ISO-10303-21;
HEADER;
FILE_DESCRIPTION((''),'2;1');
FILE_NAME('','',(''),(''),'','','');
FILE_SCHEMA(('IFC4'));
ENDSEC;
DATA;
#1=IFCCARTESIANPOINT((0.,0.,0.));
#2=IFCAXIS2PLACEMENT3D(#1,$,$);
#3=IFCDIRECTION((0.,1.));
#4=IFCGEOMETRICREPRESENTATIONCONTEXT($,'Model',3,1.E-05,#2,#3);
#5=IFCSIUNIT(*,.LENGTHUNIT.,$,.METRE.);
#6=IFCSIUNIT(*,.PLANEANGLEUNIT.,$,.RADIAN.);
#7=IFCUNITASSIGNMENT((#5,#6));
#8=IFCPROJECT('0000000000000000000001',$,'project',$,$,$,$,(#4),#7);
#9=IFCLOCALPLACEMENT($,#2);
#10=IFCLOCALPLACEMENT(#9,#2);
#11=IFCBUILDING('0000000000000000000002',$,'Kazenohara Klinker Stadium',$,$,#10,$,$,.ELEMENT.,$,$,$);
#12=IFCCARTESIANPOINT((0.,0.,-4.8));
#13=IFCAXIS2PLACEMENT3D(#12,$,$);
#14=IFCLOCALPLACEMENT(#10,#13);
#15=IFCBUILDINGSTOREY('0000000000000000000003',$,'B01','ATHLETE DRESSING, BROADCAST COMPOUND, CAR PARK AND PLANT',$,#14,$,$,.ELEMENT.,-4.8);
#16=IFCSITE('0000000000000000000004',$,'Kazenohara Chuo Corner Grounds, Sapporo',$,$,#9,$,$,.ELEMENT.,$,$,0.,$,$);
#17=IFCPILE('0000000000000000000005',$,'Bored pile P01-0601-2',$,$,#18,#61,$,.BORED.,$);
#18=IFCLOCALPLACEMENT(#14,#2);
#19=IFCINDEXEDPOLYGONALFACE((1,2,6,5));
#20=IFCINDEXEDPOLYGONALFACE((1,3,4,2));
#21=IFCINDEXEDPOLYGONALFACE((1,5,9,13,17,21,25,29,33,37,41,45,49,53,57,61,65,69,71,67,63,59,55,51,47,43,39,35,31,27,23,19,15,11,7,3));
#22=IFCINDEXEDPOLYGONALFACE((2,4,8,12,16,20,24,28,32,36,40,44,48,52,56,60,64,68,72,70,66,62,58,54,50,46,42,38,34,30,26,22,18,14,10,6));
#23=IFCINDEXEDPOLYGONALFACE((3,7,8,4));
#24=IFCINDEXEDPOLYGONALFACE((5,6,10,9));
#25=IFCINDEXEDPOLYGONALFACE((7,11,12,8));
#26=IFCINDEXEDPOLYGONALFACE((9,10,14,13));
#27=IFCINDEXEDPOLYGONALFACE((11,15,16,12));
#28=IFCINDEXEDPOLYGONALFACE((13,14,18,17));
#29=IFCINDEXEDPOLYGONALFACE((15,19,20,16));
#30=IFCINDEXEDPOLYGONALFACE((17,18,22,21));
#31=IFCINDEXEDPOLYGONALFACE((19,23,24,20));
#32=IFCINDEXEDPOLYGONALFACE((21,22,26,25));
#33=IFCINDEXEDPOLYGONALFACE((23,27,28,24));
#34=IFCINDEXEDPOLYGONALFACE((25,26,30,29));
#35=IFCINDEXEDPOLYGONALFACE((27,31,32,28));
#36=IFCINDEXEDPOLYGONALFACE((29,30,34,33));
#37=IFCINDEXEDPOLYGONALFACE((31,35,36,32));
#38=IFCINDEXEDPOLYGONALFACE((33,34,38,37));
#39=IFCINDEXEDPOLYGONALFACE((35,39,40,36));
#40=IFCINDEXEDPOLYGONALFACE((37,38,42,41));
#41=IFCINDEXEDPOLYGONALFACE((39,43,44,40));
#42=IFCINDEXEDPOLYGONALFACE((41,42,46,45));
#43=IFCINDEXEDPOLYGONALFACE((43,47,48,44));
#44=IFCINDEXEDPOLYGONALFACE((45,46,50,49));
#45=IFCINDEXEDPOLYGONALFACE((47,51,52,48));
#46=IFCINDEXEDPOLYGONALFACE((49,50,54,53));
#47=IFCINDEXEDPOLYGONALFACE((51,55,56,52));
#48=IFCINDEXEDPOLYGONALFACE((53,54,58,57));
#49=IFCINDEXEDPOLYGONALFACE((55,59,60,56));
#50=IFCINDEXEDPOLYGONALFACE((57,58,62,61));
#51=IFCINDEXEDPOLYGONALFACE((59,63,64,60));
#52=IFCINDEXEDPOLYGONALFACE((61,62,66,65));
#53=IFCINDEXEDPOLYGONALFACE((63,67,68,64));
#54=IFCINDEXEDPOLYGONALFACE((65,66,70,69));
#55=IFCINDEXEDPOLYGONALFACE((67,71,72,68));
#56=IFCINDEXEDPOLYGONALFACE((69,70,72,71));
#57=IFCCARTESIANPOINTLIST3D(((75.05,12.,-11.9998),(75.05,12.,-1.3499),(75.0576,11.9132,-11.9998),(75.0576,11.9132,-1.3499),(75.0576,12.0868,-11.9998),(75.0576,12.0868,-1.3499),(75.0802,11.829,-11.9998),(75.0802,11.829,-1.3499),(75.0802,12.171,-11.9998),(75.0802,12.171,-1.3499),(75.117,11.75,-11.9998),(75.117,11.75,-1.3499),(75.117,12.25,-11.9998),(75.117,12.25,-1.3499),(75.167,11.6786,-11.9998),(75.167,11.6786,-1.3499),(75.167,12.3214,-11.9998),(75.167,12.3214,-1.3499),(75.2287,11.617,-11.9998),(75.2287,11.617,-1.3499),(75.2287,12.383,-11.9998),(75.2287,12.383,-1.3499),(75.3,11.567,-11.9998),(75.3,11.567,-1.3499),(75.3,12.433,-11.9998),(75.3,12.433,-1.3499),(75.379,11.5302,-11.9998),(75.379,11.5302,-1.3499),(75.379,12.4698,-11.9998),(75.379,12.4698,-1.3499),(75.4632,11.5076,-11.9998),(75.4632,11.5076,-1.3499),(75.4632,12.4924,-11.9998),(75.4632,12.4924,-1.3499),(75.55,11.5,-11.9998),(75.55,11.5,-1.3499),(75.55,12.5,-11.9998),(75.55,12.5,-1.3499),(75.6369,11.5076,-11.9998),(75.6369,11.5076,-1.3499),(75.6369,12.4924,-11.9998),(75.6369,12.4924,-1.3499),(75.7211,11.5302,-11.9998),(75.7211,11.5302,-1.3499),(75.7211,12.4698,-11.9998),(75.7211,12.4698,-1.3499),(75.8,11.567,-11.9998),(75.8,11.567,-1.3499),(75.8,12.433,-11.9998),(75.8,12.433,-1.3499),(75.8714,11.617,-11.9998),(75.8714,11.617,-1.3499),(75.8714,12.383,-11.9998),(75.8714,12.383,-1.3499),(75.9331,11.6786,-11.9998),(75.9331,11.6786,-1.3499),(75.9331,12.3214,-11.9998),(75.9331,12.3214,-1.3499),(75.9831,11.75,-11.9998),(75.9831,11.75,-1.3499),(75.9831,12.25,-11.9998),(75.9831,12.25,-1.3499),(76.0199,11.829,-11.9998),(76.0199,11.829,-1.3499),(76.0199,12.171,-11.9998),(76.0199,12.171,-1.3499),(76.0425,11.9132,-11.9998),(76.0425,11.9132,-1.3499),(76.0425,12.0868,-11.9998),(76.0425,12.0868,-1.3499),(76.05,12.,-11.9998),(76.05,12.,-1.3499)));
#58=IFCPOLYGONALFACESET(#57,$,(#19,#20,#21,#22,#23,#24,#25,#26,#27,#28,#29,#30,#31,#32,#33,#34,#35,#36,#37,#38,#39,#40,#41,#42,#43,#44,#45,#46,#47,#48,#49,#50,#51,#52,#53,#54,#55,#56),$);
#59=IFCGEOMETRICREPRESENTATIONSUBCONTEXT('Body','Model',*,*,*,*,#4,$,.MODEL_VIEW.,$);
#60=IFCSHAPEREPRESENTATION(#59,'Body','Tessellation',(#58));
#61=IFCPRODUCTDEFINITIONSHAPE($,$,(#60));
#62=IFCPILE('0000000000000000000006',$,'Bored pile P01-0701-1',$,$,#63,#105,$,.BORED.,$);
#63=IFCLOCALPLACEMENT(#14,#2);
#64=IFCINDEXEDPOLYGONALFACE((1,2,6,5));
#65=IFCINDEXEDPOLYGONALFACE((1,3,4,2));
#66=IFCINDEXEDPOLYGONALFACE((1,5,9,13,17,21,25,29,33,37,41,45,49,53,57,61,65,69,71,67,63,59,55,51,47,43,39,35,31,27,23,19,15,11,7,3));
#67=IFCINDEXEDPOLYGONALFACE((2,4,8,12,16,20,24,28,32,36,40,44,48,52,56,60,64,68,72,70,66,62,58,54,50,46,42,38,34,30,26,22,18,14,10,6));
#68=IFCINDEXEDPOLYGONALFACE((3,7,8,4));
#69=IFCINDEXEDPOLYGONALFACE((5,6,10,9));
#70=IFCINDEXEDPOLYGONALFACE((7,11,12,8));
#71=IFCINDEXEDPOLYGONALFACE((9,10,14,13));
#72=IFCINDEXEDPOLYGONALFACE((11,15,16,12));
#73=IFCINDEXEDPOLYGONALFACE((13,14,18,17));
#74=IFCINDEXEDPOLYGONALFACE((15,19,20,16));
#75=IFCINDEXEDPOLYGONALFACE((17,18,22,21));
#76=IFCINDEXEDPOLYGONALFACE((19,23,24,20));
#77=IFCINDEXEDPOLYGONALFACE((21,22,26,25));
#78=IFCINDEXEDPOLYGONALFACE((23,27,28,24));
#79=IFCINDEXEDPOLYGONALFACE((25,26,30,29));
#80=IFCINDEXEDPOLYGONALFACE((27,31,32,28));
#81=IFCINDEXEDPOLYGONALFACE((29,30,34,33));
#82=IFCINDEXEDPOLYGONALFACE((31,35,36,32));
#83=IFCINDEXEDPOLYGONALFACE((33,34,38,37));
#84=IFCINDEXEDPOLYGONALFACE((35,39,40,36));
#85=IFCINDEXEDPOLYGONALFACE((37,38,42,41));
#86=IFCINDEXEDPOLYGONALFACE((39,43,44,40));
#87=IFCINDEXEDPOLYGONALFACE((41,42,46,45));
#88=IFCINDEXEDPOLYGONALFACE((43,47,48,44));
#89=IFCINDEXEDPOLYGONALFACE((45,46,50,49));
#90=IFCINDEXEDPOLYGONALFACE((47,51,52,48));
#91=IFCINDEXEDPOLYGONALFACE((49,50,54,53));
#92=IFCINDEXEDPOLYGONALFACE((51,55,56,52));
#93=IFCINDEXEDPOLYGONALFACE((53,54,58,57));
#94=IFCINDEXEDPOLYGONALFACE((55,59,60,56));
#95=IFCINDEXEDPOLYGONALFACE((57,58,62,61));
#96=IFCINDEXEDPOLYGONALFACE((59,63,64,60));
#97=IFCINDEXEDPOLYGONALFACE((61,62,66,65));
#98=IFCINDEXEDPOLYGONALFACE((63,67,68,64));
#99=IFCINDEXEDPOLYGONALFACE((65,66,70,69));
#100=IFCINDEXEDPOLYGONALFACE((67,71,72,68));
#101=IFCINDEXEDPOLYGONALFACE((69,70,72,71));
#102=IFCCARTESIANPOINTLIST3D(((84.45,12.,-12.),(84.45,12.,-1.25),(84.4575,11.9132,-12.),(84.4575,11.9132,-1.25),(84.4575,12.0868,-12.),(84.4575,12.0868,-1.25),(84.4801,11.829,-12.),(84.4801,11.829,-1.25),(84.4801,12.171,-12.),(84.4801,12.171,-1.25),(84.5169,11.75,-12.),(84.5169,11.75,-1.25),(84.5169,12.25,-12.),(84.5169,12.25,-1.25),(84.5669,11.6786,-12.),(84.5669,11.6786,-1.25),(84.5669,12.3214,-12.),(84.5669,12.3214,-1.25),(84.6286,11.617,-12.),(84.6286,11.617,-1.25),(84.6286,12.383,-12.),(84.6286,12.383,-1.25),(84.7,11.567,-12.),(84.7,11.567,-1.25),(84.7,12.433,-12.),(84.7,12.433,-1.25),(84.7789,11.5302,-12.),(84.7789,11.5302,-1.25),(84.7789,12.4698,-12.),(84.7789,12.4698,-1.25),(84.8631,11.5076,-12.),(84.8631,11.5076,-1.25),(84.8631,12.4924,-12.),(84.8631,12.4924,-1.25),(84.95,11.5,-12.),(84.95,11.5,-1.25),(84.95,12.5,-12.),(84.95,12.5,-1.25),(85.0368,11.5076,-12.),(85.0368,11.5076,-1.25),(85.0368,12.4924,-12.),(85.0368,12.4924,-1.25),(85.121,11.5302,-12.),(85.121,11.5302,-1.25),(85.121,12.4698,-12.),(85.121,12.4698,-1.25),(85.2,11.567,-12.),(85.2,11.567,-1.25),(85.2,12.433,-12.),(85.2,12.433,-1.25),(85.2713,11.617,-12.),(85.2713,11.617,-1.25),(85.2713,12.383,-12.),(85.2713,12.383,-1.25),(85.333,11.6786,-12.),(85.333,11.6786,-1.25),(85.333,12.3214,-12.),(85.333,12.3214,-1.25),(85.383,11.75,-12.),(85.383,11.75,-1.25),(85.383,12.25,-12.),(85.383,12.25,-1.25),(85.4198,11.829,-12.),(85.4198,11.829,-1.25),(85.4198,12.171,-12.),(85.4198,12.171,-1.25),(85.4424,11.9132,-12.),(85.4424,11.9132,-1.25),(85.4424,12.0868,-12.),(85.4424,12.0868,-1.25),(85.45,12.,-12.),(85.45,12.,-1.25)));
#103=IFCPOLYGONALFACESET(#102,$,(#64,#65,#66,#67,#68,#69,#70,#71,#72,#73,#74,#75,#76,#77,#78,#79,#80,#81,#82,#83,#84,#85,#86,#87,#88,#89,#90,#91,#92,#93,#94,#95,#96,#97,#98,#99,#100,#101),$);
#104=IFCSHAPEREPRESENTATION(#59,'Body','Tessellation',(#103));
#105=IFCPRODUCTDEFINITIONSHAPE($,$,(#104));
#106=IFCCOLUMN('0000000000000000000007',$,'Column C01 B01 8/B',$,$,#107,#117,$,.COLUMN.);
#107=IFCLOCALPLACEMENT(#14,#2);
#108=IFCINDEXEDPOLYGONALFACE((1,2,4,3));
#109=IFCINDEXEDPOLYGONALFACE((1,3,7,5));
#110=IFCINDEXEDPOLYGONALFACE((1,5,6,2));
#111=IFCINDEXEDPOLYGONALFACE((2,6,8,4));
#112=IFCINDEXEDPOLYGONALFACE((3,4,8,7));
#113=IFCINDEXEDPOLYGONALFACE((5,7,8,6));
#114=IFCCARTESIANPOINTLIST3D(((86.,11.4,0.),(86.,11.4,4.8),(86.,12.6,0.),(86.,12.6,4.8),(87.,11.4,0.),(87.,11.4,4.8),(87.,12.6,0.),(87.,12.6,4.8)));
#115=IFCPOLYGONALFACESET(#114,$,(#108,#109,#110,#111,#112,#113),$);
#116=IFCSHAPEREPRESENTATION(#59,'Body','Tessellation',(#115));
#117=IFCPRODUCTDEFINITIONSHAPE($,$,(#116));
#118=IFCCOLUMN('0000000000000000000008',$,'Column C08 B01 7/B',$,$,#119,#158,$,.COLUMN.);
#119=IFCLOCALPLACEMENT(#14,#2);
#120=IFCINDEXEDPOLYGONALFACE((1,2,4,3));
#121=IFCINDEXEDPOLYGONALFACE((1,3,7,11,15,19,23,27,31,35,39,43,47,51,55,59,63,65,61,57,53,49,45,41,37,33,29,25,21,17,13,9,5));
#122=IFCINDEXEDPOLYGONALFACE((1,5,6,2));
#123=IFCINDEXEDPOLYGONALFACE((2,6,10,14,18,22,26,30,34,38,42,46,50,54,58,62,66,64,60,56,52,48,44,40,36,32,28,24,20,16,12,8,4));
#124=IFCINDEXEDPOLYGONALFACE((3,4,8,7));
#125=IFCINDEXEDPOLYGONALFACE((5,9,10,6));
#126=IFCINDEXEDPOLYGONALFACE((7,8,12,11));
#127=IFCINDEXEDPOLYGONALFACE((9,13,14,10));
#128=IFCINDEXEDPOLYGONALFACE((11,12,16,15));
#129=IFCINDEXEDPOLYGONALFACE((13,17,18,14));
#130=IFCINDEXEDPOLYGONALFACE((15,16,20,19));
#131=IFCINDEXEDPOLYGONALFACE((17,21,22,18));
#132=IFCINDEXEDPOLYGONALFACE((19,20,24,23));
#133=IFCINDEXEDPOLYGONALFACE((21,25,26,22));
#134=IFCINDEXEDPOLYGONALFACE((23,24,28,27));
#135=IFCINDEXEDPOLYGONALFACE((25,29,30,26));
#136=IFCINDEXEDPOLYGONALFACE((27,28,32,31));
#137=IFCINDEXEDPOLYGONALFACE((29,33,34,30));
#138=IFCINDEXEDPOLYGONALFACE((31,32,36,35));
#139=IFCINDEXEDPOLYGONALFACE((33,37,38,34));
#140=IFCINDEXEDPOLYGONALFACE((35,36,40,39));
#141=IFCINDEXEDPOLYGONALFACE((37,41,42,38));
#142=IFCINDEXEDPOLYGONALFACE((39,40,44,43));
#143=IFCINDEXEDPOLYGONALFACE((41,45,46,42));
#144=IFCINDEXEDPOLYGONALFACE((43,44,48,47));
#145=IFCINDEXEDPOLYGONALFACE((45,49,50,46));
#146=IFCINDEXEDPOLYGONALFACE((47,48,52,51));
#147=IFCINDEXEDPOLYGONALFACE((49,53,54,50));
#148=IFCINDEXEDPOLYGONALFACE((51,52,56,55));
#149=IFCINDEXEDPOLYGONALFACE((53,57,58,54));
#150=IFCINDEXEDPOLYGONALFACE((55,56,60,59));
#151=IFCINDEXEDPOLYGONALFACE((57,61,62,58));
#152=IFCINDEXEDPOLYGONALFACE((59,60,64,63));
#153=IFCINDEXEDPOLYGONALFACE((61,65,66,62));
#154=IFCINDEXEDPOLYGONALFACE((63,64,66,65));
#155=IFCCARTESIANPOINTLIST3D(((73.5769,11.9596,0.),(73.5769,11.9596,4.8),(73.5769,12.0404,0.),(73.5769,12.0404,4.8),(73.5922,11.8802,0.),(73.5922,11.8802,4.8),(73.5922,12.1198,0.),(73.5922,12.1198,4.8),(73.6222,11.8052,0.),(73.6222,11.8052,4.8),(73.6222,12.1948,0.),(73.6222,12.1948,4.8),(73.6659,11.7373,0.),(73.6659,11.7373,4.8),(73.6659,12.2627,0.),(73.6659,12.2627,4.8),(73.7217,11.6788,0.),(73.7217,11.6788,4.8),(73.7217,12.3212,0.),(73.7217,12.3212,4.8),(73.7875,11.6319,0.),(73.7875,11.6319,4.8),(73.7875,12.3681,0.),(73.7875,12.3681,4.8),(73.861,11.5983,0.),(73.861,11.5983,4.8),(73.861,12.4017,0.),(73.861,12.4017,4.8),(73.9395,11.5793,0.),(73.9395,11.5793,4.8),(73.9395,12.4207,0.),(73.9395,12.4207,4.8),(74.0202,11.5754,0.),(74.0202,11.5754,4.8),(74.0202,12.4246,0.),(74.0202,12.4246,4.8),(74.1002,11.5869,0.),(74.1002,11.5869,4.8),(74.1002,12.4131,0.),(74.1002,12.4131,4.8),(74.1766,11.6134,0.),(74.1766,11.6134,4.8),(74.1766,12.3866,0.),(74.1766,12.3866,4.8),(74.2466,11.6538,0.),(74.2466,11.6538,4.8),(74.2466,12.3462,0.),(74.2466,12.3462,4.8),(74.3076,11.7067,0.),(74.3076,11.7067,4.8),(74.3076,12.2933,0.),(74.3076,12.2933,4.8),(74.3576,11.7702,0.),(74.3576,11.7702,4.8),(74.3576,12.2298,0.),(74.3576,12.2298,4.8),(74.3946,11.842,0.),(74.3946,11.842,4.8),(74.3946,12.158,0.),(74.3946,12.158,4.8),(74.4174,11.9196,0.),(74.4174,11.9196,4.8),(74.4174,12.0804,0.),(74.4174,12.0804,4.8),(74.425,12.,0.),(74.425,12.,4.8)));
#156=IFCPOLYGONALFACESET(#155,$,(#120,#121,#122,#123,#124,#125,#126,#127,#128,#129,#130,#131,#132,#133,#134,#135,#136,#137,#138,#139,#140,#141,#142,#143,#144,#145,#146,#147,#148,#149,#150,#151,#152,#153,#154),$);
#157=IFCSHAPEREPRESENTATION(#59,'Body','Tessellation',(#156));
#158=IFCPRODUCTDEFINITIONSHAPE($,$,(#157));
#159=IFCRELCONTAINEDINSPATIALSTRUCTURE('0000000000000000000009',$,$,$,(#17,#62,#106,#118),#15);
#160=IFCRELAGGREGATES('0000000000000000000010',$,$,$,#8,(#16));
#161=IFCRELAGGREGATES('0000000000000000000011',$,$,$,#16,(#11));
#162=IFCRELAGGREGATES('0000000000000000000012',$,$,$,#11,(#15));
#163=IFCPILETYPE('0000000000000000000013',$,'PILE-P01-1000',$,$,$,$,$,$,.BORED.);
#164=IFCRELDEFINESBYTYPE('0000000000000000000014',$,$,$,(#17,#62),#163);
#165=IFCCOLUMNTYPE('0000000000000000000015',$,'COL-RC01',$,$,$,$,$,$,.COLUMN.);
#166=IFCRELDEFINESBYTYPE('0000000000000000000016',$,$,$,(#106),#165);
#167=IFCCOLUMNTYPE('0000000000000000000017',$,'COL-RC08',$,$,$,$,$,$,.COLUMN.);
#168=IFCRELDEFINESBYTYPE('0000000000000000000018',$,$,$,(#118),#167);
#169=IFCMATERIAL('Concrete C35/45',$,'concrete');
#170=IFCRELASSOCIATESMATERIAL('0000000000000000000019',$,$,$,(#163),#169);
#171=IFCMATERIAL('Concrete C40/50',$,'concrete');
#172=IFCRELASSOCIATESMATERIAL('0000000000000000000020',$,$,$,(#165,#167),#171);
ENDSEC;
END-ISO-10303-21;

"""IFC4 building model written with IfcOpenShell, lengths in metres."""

from ifc_helpers import new_model, si_unit, direction, frame, origin, origin_2d, place, context, subcontext, project, spatial, rectangle, circle, extrude, material, material_profile, profile_set, type_object, element, save


model = new_model("IFC4")

# Units and contexts
model_context = context("Model", 3, precision=1e-05, world=origin(), true_north=direction((0.0, 1.0)))
body_context = subcontext(model_context, "Body", "Model", "MODEL_VIEW")
ifc_project = project(units=[si_unit("LENGTHUNIT", "METRE"), si_unit("PLANEANGLEUNIT", "RADIAN")], contexts=[model_context])

# Site, building, storey
site_placement = place(None, origin())
site = spatial("IfcSite", under=ifc_project, at=site_placement, Name="Kazenohara Chuo Corner Grounds, Sapporo", CompositionType="ELEMENT", RefElevation=0.0)
building_placement = place(site_placement, origin())
building = spatial("IfcBuilding", under=site, at=building_placement, Name="Kazenohara Klinker Stadium", CompositionType="ELEMENT")
storey_placement = place(building_placement, frame((0.0, 0.0, -4.8)))
storey = spatial("IfcBuildingStorey", under=building, at=storey_placement, Name="B01", Description="ATHLETE DRESSING, BROADCAST COMPOUND, CAR PARK AND PLANT", CompositionType="ELEMENT", Elevation=-4.8)

# Shared definitions
ifc_material_1 = material(Name="Concrete C35/45", Category="concrete")

# Piles
ifc_material_profile_1 = material_profile(ifc_material_1, circle(Radius=0.5, at=origin_2d()), Name="BORED-PILE-1000")
ifc_profile_set_1 = profile_set([ifc_material_profile_1], Name="Concrete C35/45")
pile_type = type_object("IfcPileType", Name="PILE-P01-1000", PredefinedType="BORED", material=ifc_profile_set_1)
for number, where, z_axis, x_axis, name in (
    (1, (75.55, 12.0, -1.3499), (0.0, 0.0, -1.0), (1.0, 0.0, 0.0), "Bored pile P01-0601-2"),
):
    element("IfcPile", number, at=place(storey_placement, frame(where, z_axis=z_axis, x_axis=x_axis)), inside=storey, type_object=pile_type, Name=name, PredefinedType="BORED", context=body_context, shape_type="SweptSolid", body=[
        extrude(circle(Radius=0.5, at=origin_2d()), origin(), (0.0, 0.0, 1.0), 10.6499),
    ])
pile_1_placement = place(storey_placement, frame((84.95, 12.0, -1.25), z_axis=(0.0, 0.0, -1.0), x_axis=(1.0, 0.0, 0.0)))
element("IfcPile", 2, at=pile_1_placement, inside=storey, type_object=pile_type, Name="Bored pile P01-0701-1", PredefinedType="BORED", context=body_context, shape_type="SweptSolid", body=[
    extrude(circle(Radius=0.5, at=origin_2d()), origin(), (0.0, 0.0, 1.0), 10.75),
])

# Columns
ifc_material_2 = material(Name="Concrete C40/50", Category="concrete")
ifc_material_profile_2 = material_profile(ifc_material_2, rectangle(XDim=1.0, YDim=1.2, at=origin_2d()), Name="RC-COL-1200x1000")
ifc_profile_set_2 = profile_set([ifc_material_profile_2], Name="Concrete C40/50")
column_type_1 = type_object("IfcColumnType", Name="COL-RC01", PredefinedType="COLUMN", material=ifc_profile_set_2)
column_1_placement = place(storey_placement, frame((86.5, 12.0, 0.0), z_axis=(0.0, 0.0, 1.0), x_axis=(1.0, 0.0, 0.0)))
element("IfcColumn", 3, at=column_1_placement, inside=storey, type_object=column_type_1, Name="Column C01 B01 8/B", PredefinedType="COLUMN", context=body_context, shape_type="SweptSolid", body=[
    extrude(rectangle(XDim=1.0, YDim=1.2, at=origin_2d()), origin(), (0.0, 0.0, 1.0), 4.8),
])
ifc_material_profile_3 = material_profile(ifc_material_2, circle(Radius=0.425, at=origin_2d()), Name="RC-COL-D850")
ifc_profile_set_3 = profile_set([ifc_material_profile_3], Name="Concrete C40/50")
column_type_2 = type_object("IfcColumnType", Name="COL-RC08", PredefinedType="COLUMN", material=ifc_profile_set_3)
column_2_placement = place(storey_placement, frame((74.0, 12.0, 0.0), z_axis=(0.0, 0.0, 1.0), x_axis=(1.0, 0.0, 0.0)))
element("IfcColumn", 4, at=column_2_placement, inside=storey, type_object=column_type_2, Name="Column C08 B01 7/B", PredefinedType="COLUMN", context=body_context, shape_type="SweptSolid", body=[
    extrude(circle(Radius=0.425, at=origin_2d()), origin(), (0.0, 0.0, 1.0), 4.8),
])

save(model, "model.ifc")
